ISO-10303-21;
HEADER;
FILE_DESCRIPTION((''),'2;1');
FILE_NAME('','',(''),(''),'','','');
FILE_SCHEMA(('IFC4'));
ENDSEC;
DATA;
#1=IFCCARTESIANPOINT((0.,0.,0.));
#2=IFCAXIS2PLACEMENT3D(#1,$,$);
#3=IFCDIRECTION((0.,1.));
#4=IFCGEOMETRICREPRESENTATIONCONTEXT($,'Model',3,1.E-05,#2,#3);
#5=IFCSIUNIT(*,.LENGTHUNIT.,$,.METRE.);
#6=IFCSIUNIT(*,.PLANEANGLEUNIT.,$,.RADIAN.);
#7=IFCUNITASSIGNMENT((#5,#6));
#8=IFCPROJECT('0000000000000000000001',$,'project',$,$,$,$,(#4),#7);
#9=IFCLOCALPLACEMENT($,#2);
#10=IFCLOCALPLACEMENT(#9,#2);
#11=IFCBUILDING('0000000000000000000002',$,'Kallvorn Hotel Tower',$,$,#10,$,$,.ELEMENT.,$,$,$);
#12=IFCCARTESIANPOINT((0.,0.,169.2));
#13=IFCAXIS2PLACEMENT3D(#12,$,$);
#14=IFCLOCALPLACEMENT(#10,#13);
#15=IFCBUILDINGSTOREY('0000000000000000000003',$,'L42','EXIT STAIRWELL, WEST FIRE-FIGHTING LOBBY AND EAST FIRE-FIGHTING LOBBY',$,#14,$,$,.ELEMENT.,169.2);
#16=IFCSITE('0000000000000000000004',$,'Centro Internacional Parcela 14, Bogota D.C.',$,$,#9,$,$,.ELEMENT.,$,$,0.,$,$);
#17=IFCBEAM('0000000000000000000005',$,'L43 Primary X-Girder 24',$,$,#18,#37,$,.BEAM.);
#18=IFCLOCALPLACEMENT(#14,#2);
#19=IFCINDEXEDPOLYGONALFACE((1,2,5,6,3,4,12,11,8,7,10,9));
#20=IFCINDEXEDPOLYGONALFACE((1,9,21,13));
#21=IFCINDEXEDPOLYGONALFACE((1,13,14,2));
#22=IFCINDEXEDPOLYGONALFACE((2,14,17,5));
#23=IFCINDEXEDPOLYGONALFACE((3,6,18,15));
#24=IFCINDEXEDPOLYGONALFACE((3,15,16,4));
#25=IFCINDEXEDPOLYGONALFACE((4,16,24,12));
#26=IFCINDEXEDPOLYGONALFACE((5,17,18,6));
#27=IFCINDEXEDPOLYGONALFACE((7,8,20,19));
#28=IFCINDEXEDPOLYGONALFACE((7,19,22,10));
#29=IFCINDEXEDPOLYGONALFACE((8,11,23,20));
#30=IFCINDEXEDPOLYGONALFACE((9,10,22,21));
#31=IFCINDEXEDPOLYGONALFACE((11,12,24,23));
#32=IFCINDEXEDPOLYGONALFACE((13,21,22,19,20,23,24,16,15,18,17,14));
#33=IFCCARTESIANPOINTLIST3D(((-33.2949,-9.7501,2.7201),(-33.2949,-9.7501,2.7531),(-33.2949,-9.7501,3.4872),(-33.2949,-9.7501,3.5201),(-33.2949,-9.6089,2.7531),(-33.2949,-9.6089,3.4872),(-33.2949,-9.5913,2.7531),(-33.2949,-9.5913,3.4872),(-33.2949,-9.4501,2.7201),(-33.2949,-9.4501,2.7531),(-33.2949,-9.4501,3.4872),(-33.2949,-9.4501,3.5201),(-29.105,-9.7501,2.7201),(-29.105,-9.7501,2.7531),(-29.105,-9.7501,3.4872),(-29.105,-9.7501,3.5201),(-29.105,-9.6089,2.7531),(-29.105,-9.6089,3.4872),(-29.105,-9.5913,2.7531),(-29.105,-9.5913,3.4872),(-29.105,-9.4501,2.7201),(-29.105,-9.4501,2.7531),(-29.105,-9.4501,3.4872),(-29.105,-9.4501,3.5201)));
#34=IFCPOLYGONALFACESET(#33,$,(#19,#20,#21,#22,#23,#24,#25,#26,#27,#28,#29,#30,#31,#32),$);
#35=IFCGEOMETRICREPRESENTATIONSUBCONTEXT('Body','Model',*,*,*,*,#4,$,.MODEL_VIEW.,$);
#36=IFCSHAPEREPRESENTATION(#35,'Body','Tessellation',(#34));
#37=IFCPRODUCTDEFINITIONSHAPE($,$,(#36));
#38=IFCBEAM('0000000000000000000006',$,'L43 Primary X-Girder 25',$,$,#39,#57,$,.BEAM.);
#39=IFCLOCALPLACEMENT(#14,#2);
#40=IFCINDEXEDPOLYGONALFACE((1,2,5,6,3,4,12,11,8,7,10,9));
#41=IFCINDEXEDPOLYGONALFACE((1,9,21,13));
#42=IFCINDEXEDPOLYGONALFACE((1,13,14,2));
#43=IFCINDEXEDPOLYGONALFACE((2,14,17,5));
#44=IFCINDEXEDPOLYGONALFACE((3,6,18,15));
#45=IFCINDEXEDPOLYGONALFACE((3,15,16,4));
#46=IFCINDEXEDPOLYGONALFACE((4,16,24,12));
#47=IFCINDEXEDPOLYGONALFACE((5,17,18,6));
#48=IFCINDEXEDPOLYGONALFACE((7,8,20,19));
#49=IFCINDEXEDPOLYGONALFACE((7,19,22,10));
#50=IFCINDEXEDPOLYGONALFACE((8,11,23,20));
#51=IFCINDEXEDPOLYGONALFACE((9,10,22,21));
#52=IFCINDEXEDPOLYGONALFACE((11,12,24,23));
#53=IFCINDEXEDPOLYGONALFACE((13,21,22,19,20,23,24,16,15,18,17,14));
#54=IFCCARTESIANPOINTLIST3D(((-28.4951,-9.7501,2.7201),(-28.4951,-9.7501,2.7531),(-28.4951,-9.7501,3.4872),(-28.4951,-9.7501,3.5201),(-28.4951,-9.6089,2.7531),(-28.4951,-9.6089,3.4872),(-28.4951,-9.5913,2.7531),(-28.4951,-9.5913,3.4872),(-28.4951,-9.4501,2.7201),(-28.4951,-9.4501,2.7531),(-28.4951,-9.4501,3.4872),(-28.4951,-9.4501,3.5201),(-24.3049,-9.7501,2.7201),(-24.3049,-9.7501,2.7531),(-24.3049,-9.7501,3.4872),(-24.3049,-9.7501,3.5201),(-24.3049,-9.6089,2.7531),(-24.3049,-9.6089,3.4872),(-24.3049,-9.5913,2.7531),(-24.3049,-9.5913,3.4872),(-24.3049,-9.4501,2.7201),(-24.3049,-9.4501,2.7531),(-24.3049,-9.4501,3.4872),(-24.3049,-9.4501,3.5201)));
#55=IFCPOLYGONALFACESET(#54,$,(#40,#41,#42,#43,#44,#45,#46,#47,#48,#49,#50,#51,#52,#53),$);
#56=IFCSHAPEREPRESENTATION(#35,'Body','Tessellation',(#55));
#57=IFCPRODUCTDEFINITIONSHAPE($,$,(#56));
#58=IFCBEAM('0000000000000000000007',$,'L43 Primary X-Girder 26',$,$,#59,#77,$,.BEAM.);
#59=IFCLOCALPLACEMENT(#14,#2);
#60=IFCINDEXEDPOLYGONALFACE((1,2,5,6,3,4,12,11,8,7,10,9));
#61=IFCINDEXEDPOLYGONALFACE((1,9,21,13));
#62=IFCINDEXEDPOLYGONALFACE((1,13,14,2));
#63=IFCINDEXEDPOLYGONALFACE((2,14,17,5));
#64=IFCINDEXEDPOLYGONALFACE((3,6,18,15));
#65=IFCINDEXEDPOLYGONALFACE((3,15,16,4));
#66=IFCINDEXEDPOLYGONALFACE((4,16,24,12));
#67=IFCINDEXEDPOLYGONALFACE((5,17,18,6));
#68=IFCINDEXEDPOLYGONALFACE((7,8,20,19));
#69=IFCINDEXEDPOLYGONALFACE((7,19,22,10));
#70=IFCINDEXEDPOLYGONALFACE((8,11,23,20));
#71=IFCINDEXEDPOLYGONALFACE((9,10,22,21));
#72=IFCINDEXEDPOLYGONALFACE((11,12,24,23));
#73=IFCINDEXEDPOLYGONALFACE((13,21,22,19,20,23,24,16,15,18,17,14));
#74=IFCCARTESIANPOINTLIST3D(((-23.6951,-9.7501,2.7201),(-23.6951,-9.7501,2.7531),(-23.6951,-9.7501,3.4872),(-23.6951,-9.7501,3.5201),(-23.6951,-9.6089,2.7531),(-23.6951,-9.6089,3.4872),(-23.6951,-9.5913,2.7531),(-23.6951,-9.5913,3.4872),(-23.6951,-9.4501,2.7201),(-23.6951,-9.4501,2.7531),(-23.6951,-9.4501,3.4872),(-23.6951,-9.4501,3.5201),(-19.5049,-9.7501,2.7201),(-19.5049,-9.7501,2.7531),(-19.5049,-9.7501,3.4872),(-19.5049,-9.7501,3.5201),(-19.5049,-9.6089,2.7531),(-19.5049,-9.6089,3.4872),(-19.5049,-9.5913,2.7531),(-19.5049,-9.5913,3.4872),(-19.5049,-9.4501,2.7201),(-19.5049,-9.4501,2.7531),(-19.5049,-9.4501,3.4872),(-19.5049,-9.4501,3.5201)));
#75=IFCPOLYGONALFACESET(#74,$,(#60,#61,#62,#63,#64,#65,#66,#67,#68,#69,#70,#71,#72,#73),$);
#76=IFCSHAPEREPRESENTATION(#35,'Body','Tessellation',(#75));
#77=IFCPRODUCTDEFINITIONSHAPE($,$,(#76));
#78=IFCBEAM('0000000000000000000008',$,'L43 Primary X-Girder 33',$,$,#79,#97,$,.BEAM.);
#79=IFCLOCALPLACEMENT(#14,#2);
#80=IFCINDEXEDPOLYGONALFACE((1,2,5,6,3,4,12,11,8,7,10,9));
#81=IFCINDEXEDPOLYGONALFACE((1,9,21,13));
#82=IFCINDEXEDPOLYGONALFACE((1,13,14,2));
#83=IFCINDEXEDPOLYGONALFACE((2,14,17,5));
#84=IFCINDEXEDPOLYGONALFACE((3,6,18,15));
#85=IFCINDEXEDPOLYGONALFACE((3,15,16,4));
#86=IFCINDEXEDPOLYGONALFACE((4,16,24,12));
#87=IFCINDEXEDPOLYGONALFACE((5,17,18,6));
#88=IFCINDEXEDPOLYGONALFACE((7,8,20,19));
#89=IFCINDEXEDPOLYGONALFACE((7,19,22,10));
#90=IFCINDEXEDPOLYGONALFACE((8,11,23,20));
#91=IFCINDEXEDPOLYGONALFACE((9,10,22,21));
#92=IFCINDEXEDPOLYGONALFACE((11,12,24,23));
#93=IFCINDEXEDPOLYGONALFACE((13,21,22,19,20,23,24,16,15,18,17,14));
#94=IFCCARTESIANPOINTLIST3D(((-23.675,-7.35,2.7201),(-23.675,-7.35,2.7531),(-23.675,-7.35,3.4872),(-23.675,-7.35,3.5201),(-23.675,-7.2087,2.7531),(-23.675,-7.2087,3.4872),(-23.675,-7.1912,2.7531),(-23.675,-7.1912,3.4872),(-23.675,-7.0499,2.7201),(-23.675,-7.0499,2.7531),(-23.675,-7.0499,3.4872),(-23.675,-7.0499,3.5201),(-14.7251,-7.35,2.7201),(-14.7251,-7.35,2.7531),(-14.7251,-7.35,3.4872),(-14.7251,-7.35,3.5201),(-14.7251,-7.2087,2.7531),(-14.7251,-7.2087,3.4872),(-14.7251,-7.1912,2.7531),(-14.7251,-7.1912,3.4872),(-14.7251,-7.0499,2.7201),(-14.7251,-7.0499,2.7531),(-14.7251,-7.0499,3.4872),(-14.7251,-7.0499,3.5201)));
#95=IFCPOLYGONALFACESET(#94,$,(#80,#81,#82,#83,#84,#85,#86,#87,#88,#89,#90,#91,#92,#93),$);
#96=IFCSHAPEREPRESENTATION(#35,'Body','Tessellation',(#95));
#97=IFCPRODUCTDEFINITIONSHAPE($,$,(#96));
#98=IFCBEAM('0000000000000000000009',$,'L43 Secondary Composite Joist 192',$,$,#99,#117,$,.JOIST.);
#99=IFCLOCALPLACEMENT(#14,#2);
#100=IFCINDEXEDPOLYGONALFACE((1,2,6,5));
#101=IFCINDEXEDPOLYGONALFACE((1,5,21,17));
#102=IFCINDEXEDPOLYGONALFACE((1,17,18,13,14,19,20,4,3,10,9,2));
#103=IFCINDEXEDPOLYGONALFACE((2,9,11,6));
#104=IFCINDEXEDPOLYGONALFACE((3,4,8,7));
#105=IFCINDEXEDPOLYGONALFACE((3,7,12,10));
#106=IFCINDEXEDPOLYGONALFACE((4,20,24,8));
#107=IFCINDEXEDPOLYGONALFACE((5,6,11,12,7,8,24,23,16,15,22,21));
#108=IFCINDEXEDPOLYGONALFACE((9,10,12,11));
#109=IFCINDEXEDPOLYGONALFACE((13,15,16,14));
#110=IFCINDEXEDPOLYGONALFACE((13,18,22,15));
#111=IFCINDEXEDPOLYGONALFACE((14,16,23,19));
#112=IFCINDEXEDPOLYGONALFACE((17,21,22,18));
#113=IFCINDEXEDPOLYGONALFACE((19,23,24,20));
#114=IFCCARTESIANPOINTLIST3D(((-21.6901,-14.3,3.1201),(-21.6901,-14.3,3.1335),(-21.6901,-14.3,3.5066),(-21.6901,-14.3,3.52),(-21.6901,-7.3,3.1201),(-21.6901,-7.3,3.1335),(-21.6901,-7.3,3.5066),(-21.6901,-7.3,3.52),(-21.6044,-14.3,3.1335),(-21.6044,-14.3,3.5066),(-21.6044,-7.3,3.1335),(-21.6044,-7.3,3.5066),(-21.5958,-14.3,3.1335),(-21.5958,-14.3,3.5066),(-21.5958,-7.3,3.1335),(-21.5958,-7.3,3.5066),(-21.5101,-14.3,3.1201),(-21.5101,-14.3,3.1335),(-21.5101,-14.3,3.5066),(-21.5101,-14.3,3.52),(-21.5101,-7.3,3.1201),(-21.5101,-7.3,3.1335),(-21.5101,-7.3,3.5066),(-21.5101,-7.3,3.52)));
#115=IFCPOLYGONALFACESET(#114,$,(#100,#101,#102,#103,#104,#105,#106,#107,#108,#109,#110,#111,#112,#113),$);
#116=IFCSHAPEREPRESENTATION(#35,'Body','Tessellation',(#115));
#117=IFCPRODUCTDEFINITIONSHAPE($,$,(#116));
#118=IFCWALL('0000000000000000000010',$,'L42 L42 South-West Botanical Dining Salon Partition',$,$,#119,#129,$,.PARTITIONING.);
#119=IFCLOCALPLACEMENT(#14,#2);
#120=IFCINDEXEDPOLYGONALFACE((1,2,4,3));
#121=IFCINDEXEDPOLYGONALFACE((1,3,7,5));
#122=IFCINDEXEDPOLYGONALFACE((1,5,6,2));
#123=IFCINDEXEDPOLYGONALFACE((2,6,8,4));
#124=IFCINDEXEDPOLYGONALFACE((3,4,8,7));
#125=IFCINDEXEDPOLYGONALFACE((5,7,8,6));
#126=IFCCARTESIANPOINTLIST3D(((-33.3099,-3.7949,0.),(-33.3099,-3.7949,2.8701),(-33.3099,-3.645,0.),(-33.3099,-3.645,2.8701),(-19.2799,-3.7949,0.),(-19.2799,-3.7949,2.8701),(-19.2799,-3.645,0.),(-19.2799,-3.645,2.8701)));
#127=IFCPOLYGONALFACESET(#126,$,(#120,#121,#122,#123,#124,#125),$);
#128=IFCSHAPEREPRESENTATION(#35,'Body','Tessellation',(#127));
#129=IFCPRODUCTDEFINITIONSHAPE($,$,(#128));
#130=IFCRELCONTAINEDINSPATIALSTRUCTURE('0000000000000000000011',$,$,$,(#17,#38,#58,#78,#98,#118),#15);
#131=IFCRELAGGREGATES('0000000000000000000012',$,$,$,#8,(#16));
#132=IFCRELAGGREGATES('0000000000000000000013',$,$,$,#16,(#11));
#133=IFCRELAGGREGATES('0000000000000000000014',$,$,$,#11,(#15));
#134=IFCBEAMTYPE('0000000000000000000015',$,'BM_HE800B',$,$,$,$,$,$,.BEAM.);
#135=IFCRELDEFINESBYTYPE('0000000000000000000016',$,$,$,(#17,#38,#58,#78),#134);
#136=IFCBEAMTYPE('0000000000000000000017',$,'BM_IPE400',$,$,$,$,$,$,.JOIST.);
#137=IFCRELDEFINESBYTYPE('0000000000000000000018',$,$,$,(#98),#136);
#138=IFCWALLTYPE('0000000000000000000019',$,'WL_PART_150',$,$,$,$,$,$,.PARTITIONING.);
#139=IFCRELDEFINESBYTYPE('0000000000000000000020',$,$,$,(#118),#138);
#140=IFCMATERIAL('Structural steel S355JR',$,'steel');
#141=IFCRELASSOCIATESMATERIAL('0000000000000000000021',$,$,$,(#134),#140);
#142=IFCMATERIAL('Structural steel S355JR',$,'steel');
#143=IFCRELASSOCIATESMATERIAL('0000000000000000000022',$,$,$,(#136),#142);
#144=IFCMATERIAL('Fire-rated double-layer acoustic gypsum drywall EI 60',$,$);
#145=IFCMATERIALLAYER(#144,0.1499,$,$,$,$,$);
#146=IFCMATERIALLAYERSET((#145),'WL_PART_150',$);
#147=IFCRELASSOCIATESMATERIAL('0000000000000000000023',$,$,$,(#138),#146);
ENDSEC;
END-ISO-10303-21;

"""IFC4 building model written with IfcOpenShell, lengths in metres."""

from ifc_helpers import new_model, si_unit, direction, frame, frame_2d, origin, origin_2d, place, context, subcontext, project, spatial, rectangle, i_section, extrude, material, layer, layer_set, material_profile, profile_set, type_object, element, save


model = new_model("IFC4")

# Units and contexts
model_context = context("Model", 3, precision=1e-05, world=origin(), true_north=direction((0.0, 1.0)))
body_context = subcontext(model_context, "Body", "Model", "MODEL_VIEW")
ifc_project = project(units=[si_unit("LENGTHUNIT", "METRE"), si_unit("PLANEANGLEUNIT", "RADIAN")], contexts=[model_context])

# Site, building, storey
site_placement = place(None, origin())
site = spatial("IfcSite", under=ifc_project, at=site_placement, Name="Centro Internacional Parcela 14, Bogota D.C.", CompositionType="ELEMENT", RefElevation=0.0)
building_placement = place(site_placement, origin())
building = spatial("IfcBuilding", under=site, at=building_placement, Name="Kallvorn Hotel Tower", CompositionType="ELEMENT")
storey_placement = place(building_placement, frame((0.0, 0.0, 169.2)))
storey = spatial("IfcBuildingStorey", under=building, at=storey_placement, Name="L42", Description="EXIT STAIRWELL, WEST FIRE-FIGHTING LOBBY AND EAST FIRE-FIGHTING LOBBY", CompositionType="ELEMENT", Elevation=169.2)

# Beams
ifc_material_1 = material(Name="Structural steel S355JR", Category="steel")
ifc_material_profile_1 = material_profile(ifc_material_1, i_section(OverallWidth=0.3, OverallDepth=0.8, WebThickness=0.0176, FlangeThickness=0.033, at=origin_2d()), Name="HE 800 B")
ifc_profile_set_1 = profile_set([ifc_material_profile_1], Name="Structural steel S355JR")
beam_type_1 = type_object("IfcBeamType", Name="BM_HE800B", PredefinedType="BEAM", material=ifc_profile_set_1)
beam_1_placement = place(storey_placement, frame((-33.2949, -9.6001, 3.1201), z_axis=(1.0, 0.0, 0.0), x_axis=(0.0, 1.0, 0.0)))
element("IfcBeam", 1, at=beam_1_placement, inside=storey, type_object=beam_type_1, Name="L43 Primary X-Girder 24", PredefinedType="BEAM", context=body_context, shape_type="SweptSolid", body=[
    extrude(i_section(OverallWidth=0.3, OverallDepth=0.8, WebThickness=0.0176, FlangeThickness=0.033, at=origin_2d()), origin(), (0.0, 0.0, 1.0), 4.1899),
])
for number, where, z_axis, x_axis, name in (
    (2, (-28.4951, -9.6001, 3.1201), (1.0, 0.0, 0.0), (0.0, 1.0, 0.0), "L43 Primary X-Girder 25"),
    (3, (-23.6951, -9.6001, 3.1201), (1.0, 0.0, 0.0), (0.0, 1.0, 0.0), "L43 Primary X-Girder 26"),
):
    element("IfcBeam", number, at=place(storey_placement, frame(where, z_axis=z_axis, x_axis=x_axis)), inside=storey, type_object=beam_type_1, Name=name, PredefinedType="BEAM", context=body_context, shape_type="SweptSolid", body=[
        extrude(i_section(OverallWidth=0.3, OverallDepth=0.8, WebThickness=0.0176, FlangeThickness=0.033, at=origin_2d()), origin(), (0.0, 0.0, 1.0), 4.1902),
    ])
beam_2_placement = place(storey_placement, frame((-23.675, -7.2, 3.1201), z_axis=(1.0, 0.0, 0.0), x_axis=(0.0, 1.0, 0.0)))
element("IfcBeam", 4, at=beam_2_placement, inside=storey, type_object=beam_type_1, Name="L43 Primary X-Girder 33", PredefinedType="BEAM", context=body_context, shape_type="SweptSolid", body=[
    extrude(i_section(OverallWidth=0.3, OverallDepth=0.8, WebThickness=0.0176, FlangeThickness=0.033, at=origin_2d()), origin(), (0.0, 0.0, 1.0), 8.95),
])
ifc_material_2 = material(Name="Structural steel S355JR", Category="steel")
ifc_material_profile_2 = material_profile(ifc_material_2, i_section(OverallWidth=0.1799, OverallDepth=0.3999, WebThickness=0.0085, FlangeThickness=0.0134, at=origin_2d()), Name="IPE 400")
ifc_profile_set_2 = profile_set([ifc_material_profile_2], Name="Structural steel S355JR")
beam_type_2 = type_object("IfcBeamType", Name="BM_IPE400", PredefinedType="JOIST", material=ifc_profile_set_2)
beam_3_placement = place(storey_placement, frame((-21.6001, -14.3, 3.3201), z_axis=(0.0, 1.0, 0.0), x_axis=(-1.0, 0.0, 0.0)))
element("IfcBeam", 5, at=beam_3_placement, inside=storey, type_object=beam_type_2, Name="L43 Secondary Composite Joist 192", PredefinedType="JOIST", context=body_context, shape_type="SweptSolid", body=[
    extrude(i_section(OverallWidth=0.1799, OverallDepth=0.3999, WebThickness=0.0085, FlangeThickness=0.0134, at=origin_2d()), origin(), (0.0, 0.0, 1.0), 7.0),
])

# Wall
ifc_material_3 = material(Name="Fire-rated double-layer acoustic gypsum drywall EI 60")
ifc_layer = layer(ifc_material_3, 0.1499)
ifc_layer_set = layer_set([ifc_layer], Name="WL_PART_150")
wall_type = type_object("IfcWallType", Name="WL_PART_150", PredefinedType="PARTITIONING", material=ifc_layer_set)
wall_placement = place(storey_placement, frame((-33.3101, -3.72, 0.0), z_axis=(0.0, 0.0, 1.0), x_axis=(1.0, 0.0, 0.0)))
element("IfcWall", 6, at=wall_placement, inside=storey, type_object=wall_type, Name="L42 L42 South-West Botanical Dining Salon Partition", PredefinedType="PARTITIONING", context=body_context, shape_type="SweptSolid", body=[
    extrude(rectangle(XDim=14.03, YDim=0.1499, at=frame_2d((7.0151, 0.0))), origin(), (0.0, 0.0, 1.0), 2.8701),
])

save(model, "model.ifc")
